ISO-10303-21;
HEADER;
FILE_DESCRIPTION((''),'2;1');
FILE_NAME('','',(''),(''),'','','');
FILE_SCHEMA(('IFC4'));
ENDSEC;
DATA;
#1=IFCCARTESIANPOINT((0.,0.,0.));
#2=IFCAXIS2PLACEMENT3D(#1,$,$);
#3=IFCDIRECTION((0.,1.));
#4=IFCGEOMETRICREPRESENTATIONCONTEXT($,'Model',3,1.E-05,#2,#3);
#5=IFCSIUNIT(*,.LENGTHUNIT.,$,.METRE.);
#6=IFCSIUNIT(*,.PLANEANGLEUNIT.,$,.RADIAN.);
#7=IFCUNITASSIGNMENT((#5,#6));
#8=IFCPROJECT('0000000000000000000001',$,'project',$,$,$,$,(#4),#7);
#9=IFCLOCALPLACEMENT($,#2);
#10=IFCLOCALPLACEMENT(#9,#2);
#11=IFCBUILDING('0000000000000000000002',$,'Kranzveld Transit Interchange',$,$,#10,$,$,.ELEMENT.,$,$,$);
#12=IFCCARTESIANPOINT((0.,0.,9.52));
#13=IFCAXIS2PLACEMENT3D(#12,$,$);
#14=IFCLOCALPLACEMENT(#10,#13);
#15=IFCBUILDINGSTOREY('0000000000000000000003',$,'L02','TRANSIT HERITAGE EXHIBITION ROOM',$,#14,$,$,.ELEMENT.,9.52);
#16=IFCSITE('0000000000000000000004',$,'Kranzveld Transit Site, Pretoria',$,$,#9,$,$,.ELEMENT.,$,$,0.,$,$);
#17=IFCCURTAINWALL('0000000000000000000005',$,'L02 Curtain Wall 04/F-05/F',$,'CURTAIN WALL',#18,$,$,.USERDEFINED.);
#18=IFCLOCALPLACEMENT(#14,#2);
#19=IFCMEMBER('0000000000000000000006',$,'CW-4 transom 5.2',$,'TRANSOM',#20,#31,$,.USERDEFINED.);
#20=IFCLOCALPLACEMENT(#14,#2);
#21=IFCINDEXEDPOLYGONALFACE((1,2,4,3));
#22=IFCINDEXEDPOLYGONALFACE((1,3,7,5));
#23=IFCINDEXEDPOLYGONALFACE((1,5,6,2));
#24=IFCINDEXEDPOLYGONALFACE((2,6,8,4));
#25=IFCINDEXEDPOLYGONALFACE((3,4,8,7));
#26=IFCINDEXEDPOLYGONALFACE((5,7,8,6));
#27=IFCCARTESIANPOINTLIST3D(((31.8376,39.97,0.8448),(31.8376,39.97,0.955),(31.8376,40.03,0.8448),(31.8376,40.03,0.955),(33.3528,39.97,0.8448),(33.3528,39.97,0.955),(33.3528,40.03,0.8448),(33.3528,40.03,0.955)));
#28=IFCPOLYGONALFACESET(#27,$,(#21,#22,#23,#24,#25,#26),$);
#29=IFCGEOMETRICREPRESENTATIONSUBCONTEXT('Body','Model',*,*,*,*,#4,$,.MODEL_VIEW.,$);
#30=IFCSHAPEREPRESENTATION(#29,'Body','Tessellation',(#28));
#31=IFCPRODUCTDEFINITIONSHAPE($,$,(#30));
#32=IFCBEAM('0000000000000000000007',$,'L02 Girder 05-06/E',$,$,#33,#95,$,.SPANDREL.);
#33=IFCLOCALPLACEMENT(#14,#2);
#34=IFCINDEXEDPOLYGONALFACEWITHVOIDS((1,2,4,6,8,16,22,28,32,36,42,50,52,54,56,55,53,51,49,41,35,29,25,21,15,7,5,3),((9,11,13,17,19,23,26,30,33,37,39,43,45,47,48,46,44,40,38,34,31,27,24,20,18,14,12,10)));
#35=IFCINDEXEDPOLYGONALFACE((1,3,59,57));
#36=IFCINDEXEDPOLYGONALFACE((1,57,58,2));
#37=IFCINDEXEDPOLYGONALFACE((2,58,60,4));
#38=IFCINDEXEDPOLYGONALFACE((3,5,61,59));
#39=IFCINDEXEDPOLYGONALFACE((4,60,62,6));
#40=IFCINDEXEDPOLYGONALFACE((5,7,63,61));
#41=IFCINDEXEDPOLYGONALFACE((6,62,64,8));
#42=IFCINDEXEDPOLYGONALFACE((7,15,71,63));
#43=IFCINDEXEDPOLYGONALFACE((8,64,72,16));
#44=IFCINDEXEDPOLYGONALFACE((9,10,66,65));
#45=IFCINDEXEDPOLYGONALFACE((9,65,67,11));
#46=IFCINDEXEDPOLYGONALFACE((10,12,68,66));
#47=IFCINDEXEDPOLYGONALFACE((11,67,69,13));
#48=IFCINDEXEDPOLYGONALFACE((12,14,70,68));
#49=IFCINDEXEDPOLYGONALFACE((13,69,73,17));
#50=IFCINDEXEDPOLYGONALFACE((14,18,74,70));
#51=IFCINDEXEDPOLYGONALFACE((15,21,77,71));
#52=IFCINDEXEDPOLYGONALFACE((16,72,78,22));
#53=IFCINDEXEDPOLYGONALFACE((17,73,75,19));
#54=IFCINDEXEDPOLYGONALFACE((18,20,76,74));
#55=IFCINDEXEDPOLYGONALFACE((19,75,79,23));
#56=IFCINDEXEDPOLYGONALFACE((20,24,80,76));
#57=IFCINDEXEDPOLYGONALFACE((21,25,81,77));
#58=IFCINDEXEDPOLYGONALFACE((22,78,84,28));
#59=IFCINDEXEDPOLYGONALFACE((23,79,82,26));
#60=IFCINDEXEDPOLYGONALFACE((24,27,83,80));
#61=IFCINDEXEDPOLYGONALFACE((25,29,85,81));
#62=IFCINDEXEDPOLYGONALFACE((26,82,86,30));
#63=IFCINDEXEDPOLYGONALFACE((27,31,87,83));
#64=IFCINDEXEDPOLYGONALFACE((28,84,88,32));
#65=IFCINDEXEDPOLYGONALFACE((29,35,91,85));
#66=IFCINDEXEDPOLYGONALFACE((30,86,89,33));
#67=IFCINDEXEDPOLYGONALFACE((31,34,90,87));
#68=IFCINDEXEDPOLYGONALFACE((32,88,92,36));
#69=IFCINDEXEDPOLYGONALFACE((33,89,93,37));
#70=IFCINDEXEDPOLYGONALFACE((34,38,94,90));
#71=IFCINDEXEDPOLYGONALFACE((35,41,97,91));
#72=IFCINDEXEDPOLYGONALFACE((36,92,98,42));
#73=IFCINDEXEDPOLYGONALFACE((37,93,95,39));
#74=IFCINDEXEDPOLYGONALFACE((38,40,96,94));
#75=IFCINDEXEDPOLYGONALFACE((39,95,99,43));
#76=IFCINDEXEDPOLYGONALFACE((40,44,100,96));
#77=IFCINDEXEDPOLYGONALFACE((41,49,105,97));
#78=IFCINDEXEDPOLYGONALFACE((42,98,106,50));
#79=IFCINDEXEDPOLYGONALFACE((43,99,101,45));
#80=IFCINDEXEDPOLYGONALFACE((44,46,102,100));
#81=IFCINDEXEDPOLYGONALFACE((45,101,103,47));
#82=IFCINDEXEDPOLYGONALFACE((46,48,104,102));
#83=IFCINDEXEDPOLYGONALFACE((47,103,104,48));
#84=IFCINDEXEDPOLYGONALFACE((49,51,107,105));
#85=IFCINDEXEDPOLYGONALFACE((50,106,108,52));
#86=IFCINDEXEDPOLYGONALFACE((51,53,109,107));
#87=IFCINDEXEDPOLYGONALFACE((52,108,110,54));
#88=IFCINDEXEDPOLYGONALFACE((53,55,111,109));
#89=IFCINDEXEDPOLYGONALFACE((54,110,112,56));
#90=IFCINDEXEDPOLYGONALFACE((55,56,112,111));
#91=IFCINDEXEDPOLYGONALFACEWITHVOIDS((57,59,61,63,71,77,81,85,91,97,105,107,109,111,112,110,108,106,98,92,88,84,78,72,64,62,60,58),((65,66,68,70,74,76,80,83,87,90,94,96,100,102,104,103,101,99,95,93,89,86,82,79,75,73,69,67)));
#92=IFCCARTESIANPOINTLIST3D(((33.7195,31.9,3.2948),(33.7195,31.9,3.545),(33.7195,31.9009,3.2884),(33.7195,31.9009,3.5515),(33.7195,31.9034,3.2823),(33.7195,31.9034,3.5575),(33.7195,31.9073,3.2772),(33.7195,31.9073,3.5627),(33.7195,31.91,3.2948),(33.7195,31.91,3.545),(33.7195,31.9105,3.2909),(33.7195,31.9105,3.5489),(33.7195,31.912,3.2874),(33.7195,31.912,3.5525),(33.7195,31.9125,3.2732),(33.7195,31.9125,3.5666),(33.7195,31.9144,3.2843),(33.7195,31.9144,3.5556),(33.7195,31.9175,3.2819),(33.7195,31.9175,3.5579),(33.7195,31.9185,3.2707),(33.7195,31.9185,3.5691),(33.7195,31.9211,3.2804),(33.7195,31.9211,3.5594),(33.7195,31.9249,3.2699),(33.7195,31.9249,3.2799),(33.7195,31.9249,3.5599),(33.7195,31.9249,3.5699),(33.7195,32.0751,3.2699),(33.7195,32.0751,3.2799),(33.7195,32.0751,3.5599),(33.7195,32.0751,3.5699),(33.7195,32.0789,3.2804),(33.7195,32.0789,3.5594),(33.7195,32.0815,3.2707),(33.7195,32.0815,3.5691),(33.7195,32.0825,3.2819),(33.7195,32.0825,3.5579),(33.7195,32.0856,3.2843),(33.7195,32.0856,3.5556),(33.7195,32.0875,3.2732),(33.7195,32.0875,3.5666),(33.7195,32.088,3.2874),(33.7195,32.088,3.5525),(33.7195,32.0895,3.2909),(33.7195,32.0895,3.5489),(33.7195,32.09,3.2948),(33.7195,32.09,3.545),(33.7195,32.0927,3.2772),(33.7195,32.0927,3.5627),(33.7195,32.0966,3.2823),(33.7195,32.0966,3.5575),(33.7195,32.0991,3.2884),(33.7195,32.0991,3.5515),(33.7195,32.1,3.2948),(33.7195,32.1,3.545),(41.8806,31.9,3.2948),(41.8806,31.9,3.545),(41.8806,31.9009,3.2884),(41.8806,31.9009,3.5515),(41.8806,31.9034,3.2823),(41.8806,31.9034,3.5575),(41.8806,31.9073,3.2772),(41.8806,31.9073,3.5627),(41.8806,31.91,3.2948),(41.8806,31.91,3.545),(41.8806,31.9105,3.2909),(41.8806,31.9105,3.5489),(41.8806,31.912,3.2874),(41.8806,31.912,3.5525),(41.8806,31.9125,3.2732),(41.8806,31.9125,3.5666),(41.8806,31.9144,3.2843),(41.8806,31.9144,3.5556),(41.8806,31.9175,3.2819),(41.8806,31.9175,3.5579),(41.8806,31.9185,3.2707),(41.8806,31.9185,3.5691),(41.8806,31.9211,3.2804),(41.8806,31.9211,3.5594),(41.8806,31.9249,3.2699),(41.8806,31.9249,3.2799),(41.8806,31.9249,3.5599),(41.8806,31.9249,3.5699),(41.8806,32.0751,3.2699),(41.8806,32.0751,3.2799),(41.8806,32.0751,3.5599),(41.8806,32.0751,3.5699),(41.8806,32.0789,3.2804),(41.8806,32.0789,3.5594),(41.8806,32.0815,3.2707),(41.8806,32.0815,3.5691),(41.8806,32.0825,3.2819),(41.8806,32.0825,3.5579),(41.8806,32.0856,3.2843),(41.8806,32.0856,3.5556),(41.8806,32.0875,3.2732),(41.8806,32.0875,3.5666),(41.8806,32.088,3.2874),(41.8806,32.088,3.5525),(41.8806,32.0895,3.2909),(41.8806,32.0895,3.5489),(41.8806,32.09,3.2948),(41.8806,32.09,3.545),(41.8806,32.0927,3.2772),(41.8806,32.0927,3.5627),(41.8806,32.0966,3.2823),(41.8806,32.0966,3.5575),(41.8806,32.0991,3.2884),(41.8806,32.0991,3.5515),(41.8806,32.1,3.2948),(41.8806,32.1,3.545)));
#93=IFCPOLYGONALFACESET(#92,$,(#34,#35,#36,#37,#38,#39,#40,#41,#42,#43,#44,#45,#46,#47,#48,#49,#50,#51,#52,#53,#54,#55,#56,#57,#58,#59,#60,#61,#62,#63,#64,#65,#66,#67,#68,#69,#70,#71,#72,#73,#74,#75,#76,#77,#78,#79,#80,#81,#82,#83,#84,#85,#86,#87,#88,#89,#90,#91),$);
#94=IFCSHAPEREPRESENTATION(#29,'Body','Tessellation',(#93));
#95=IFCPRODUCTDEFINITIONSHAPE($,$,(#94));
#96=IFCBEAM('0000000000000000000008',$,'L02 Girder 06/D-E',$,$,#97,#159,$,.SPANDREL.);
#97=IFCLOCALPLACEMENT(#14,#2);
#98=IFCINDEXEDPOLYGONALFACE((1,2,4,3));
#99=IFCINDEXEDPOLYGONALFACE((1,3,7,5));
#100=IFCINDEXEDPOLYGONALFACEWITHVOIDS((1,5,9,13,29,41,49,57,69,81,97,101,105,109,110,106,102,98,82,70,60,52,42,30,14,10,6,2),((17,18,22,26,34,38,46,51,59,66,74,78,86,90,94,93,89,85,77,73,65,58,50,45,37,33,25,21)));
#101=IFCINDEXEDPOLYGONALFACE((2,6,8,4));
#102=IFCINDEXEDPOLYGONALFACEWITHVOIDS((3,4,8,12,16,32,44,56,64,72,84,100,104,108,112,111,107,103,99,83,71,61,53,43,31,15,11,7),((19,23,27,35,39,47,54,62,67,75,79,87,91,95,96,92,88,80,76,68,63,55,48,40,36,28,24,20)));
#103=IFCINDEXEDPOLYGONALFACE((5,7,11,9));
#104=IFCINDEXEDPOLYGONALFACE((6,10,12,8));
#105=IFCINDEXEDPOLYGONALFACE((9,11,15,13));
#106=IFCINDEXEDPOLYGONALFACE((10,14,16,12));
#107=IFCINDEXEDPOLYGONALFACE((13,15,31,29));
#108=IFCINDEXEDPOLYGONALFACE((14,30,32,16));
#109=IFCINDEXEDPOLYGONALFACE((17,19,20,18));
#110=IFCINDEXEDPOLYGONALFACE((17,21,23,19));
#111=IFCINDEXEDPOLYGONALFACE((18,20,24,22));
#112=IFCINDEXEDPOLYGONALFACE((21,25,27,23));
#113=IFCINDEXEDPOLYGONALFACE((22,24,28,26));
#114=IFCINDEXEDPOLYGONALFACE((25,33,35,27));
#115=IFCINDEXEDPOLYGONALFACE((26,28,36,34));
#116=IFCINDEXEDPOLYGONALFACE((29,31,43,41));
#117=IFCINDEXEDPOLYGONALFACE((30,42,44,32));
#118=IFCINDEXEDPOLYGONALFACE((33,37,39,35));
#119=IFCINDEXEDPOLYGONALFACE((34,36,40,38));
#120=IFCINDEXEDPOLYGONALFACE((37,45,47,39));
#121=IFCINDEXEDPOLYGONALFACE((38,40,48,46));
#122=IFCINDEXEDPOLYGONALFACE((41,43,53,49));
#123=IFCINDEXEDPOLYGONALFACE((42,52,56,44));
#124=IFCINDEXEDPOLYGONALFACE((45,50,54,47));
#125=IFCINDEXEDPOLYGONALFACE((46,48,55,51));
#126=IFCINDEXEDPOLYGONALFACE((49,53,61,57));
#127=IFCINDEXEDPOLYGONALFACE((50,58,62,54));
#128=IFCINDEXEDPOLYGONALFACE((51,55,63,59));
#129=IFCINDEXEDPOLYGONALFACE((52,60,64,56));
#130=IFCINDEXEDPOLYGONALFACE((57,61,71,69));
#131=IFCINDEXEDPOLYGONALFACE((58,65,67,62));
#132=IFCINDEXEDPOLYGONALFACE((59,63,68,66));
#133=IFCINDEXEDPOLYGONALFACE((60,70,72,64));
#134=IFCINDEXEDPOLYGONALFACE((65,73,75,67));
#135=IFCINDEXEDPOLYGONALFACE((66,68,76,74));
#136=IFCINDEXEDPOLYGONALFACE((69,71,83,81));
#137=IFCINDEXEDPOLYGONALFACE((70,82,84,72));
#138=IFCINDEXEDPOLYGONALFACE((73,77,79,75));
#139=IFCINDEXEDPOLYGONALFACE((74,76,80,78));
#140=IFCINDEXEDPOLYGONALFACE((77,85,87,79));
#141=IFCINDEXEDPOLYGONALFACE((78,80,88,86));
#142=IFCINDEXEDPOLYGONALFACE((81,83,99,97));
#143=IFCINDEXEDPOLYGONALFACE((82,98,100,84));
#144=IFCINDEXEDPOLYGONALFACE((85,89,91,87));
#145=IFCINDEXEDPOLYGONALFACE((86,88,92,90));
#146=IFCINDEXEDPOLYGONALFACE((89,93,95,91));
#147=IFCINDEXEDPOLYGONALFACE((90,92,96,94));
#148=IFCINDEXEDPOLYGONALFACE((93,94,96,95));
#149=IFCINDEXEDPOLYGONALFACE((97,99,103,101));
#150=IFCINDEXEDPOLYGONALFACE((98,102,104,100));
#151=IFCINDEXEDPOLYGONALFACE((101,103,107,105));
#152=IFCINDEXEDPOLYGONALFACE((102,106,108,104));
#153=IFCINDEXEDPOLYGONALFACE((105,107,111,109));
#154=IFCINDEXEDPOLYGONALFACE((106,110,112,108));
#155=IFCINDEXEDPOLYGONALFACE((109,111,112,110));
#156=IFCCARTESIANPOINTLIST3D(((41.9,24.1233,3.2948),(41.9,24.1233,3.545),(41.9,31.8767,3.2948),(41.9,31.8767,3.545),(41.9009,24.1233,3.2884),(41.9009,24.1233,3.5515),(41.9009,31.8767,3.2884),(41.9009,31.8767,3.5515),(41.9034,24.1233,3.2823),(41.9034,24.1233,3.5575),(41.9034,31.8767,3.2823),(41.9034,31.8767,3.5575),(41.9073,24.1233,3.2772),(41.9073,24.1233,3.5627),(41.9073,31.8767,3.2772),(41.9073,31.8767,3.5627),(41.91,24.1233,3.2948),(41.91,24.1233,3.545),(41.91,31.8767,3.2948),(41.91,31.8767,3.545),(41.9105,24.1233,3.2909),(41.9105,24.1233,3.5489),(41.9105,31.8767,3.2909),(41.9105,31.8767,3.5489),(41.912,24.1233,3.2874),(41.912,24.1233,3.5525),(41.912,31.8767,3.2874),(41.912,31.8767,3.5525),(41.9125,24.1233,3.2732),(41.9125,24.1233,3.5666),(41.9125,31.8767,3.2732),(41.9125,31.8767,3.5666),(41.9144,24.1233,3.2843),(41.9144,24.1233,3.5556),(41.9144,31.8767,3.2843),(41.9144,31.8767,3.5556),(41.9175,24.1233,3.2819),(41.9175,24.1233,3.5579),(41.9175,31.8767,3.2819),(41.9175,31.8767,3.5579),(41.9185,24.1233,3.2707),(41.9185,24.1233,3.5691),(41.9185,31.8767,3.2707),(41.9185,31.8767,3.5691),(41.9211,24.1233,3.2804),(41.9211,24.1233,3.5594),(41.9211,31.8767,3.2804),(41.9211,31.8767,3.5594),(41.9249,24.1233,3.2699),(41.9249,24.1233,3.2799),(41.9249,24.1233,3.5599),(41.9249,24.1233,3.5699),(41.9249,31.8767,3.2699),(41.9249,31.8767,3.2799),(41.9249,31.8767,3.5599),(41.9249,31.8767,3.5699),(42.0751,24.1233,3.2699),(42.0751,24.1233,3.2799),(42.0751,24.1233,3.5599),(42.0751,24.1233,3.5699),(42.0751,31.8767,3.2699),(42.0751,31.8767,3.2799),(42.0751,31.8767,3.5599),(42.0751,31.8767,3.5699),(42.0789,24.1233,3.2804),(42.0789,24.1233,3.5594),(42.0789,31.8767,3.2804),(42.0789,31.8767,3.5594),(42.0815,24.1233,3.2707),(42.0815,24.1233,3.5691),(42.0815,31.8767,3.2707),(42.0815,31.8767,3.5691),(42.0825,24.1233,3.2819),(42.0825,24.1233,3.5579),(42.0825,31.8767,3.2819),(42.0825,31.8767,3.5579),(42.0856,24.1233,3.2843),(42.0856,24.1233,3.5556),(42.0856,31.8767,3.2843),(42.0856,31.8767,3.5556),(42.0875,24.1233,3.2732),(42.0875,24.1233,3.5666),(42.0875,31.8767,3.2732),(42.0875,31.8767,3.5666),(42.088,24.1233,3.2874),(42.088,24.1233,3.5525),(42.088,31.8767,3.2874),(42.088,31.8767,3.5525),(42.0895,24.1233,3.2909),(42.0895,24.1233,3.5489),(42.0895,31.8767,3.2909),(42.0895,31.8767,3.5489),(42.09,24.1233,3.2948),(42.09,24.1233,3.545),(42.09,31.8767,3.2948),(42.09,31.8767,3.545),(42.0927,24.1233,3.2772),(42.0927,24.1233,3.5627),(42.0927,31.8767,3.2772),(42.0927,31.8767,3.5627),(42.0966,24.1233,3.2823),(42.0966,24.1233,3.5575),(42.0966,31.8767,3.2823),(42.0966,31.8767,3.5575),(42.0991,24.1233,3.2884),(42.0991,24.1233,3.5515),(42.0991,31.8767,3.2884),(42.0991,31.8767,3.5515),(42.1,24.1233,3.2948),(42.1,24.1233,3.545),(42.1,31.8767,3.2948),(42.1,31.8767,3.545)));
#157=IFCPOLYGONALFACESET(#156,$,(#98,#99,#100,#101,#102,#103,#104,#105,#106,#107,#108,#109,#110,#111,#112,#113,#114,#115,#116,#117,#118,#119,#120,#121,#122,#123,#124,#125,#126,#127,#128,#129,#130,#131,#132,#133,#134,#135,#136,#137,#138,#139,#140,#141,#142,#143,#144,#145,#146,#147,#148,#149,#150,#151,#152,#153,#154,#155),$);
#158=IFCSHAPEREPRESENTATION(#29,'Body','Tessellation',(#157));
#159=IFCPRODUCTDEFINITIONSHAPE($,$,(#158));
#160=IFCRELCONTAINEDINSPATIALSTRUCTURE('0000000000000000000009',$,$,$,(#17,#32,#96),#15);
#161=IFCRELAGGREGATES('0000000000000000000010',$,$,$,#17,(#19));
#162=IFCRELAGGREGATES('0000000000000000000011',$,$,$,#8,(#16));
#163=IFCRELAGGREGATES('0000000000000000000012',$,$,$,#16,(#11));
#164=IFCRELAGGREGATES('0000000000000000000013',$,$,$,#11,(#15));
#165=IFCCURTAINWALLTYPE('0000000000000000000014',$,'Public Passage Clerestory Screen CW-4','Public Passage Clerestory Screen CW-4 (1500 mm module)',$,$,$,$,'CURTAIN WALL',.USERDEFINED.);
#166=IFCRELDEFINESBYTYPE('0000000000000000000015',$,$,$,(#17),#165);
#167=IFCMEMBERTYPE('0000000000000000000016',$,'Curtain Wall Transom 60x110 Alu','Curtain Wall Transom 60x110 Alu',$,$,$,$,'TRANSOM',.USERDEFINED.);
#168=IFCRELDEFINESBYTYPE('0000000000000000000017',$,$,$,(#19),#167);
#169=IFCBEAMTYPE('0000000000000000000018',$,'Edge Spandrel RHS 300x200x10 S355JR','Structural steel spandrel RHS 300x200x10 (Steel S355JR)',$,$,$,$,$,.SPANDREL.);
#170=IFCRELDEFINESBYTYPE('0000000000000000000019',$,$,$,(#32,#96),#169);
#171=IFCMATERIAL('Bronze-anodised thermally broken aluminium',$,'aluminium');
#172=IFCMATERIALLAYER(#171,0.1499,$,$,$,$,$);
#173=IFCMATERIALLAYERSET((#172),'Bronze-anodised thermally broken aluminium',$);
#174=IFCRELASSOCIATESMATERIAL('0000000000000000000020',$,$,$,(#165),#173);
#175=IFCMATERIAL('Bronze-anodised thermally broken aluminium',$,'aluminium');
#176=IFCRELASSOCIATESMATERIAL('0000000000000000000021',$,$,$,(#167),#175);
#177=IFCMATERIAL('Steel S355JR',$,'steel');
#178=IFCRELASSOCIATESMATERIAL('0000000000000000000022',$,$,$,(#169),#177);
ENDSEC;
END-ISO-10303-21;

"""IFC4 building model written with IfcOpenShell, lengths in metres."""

from ifc_helpers import new_model, si_unit, direction, frame, origin, origin_2d, place, context, subcontext, project, spatial, rectangle, hollow_rectangle, extrude, material, layer, layer_set, material_profile, profile_set, type_object, element, aggregate, save


model = new_model("IFC4")

# Units and contexts
model_context = context("Model", 3, precision=1e-05, world=origin(), true_north=direction((0.0, 1.0)))
body_context = subcontext(model_context, "Body", "Model", "MODEL_VIEW")
ifc_project = project(units=[si_unit("LENGTHUNIT", "METRE"), si_unit("PLANEANGLEUNIT", "RADIAN")], contexts=[model_context])

# Site, building, storey
site_placement = place(None, origin())
site = spatial("IfcSite", under=ifc_project, at=site_placement, Name="Kranzveld Transit Site, Pretoria", CompositionType="ELEMENT", RefElevation=0.0)
building_placement = place(site_placement, origin())
building = spatial("IfcBuilding", under=site, at=building_placement, Name="Kranzveld Transit Interchange", CompositionType="ELEMENT")
storey_placement = place(building_placement, frame((0.0, 0.0, 9.52)))
storey = spatial("IfcBuildingStorey", under=building, at=storey_placement, Name="L02", Description="TRANSIT HERITAGE EXHIBITION ROOM", CompositionType="ELEMENT", Elevation=9.52)

# Curtain wall, member
ifc_material_1 = material(Name="Bronze-anodised thermally broken aluminium", Category="aluminium")
ifc_layer_1 = layer(ifc_material_1, 0.1499)
ifc_layer_set_1 = layer_set([ifc_layer_1], Name="Bronze-anodised thermally broken aluminium")
curtain_wall_type = type_object("IfcCurtainWallType", Name="Public Passage Clerestory Screen CW-4", Description="Public Passage Clerestory Screen CW-4 (1500 mm module)", ElementType="CURTAIN WALL", PredefinedType="USERDEFINED", material=ifc_layer_set_1)
curtain_wall_placement = place(storey_placement, origin())
curtain_wall = element("IfcCurtainWall", 1, at=curtain_wall_placement, inside=storey, type_object=curtain_wall_type, Name="L02 Curtain Wall 04/F-05/F", ObjectType="CURTAIN WALL", PredefinedType="USERDEFINED")
ifc_material_2 = material(Name="Bronze-anodised thermally broken aluminium", Category="aluminium")
ifc_material_profile_1 = material_profile(ifc_material_2, rectangle(XDim=0.0601, YDim=0.1101, at=origin_2d()), Name="ALU TRANSOM 60x110")
ifc_profile_set_1 = profile_set([ifc_material_profile_1], Name="Bronze-anodised thermally broken aluminium")
member_type_1 = type_object("IfcMemberType", Name="Curtain Wall Transom 60x110 Alu", Description="Curtain Wall Transom 60x110 Alu", ElementType="TRANSOM", PredefinedType="USERDEFINED", material=ifc_profile_set_1)
member_1_placement = place(storey_placement, frame((31.8376, 40.0, 0.8999), z_axis=(1.0, 0.0, 0.0), x_axis=(0.0, 1.0, 0.0)))
member_1 = element("IfcMember", 2, at=member_1_placement, type_object=member_type_1, Name="CW-4 transom 5.2", ObjectType="TRANSOM", PredefinedType="USERDEFINED", context=body_context, shape_type="SweptSolid", body=[
    extrude(rectangle(XDim=0.0601, YDim=0.1101, at=origin_2d()), origin(), (0.0, 0.0, 1.0), 1.5151),
])

# Beams
ifc_material_3 = material(Name="Steel S355JR", Category="steel")
ifc_material_profile_2 = material_profile(ifc_material_3, hollow_rectangle(XDim=0.2, YDim=0.3, WallThickness=0.01, InnerFilletRadius=0.0149, OuterFilletRadius=0.0249, at=origin_2d()), Name="RHS 300x200x10")
ifc_profile_set_2 = profile_set([ifc_material_profile_2], Name="Steel S355JR")
beam_type_1 = type_object("IfcBeamType", Name="Edge Spandrel RHS 300x200x10 S355JR", Description="Structural steel spandrel RHS 300x200x10 (Steel S355JR)", PredefinedType="SPANDREL", material=ifc_profile_set_2)
beam_1_placement = place(storey_placement, frame((33.7195, 32.0, 3.4199), z_axis=(1.0, 0.0, 0.0), x_axis=(0.0, 1.0, 0.0)))
element("IfcBeam", 3, at=beam_1_placement, inside=storey, type_object=beam_type_1, Name="L02 Girder 05-06/E", PredefinedType="SPANDREL", context=body_context, shape_type="SweptSolid", body=[
    extrude(hollow_rectangle(XDim=0.2, YDim=0.3, WallThickness=0.01, InnerFilletRadius=0.0149, OuterFilletRadius=0.0249, at=origin_2d()), origin(), (0.0, 0.0, 1.0), 8.1611),
])
beam_2_placement = place(storey_placement, frame((42.0, 24.1233, 3.4199), z_axis=(0.0, 1.0, 0.0), x_axis=(-1.0, 0.0, 0.0)))
element("IfcBeam", 4, at=beam_2_placement, inside=storey, type_object=beam_type_1, Name="L02 Girder 06/D-E", PredefinedType="SPANDREL", context=body_context, shape_type="SweptSolid", body=[
    extrude(hollow_rectangle(XDim=0.2, YDim=0.3, WallThickness=0.01, InnerFilletRadius=0.0149, OuterFilletRadius=0.0249, at=origin_2d()), origin(), (0.0, 0.0, 1.0), 7.7534),
])

aggregate(curtain_wall, [member_1])

save(model, "model.ifc")
